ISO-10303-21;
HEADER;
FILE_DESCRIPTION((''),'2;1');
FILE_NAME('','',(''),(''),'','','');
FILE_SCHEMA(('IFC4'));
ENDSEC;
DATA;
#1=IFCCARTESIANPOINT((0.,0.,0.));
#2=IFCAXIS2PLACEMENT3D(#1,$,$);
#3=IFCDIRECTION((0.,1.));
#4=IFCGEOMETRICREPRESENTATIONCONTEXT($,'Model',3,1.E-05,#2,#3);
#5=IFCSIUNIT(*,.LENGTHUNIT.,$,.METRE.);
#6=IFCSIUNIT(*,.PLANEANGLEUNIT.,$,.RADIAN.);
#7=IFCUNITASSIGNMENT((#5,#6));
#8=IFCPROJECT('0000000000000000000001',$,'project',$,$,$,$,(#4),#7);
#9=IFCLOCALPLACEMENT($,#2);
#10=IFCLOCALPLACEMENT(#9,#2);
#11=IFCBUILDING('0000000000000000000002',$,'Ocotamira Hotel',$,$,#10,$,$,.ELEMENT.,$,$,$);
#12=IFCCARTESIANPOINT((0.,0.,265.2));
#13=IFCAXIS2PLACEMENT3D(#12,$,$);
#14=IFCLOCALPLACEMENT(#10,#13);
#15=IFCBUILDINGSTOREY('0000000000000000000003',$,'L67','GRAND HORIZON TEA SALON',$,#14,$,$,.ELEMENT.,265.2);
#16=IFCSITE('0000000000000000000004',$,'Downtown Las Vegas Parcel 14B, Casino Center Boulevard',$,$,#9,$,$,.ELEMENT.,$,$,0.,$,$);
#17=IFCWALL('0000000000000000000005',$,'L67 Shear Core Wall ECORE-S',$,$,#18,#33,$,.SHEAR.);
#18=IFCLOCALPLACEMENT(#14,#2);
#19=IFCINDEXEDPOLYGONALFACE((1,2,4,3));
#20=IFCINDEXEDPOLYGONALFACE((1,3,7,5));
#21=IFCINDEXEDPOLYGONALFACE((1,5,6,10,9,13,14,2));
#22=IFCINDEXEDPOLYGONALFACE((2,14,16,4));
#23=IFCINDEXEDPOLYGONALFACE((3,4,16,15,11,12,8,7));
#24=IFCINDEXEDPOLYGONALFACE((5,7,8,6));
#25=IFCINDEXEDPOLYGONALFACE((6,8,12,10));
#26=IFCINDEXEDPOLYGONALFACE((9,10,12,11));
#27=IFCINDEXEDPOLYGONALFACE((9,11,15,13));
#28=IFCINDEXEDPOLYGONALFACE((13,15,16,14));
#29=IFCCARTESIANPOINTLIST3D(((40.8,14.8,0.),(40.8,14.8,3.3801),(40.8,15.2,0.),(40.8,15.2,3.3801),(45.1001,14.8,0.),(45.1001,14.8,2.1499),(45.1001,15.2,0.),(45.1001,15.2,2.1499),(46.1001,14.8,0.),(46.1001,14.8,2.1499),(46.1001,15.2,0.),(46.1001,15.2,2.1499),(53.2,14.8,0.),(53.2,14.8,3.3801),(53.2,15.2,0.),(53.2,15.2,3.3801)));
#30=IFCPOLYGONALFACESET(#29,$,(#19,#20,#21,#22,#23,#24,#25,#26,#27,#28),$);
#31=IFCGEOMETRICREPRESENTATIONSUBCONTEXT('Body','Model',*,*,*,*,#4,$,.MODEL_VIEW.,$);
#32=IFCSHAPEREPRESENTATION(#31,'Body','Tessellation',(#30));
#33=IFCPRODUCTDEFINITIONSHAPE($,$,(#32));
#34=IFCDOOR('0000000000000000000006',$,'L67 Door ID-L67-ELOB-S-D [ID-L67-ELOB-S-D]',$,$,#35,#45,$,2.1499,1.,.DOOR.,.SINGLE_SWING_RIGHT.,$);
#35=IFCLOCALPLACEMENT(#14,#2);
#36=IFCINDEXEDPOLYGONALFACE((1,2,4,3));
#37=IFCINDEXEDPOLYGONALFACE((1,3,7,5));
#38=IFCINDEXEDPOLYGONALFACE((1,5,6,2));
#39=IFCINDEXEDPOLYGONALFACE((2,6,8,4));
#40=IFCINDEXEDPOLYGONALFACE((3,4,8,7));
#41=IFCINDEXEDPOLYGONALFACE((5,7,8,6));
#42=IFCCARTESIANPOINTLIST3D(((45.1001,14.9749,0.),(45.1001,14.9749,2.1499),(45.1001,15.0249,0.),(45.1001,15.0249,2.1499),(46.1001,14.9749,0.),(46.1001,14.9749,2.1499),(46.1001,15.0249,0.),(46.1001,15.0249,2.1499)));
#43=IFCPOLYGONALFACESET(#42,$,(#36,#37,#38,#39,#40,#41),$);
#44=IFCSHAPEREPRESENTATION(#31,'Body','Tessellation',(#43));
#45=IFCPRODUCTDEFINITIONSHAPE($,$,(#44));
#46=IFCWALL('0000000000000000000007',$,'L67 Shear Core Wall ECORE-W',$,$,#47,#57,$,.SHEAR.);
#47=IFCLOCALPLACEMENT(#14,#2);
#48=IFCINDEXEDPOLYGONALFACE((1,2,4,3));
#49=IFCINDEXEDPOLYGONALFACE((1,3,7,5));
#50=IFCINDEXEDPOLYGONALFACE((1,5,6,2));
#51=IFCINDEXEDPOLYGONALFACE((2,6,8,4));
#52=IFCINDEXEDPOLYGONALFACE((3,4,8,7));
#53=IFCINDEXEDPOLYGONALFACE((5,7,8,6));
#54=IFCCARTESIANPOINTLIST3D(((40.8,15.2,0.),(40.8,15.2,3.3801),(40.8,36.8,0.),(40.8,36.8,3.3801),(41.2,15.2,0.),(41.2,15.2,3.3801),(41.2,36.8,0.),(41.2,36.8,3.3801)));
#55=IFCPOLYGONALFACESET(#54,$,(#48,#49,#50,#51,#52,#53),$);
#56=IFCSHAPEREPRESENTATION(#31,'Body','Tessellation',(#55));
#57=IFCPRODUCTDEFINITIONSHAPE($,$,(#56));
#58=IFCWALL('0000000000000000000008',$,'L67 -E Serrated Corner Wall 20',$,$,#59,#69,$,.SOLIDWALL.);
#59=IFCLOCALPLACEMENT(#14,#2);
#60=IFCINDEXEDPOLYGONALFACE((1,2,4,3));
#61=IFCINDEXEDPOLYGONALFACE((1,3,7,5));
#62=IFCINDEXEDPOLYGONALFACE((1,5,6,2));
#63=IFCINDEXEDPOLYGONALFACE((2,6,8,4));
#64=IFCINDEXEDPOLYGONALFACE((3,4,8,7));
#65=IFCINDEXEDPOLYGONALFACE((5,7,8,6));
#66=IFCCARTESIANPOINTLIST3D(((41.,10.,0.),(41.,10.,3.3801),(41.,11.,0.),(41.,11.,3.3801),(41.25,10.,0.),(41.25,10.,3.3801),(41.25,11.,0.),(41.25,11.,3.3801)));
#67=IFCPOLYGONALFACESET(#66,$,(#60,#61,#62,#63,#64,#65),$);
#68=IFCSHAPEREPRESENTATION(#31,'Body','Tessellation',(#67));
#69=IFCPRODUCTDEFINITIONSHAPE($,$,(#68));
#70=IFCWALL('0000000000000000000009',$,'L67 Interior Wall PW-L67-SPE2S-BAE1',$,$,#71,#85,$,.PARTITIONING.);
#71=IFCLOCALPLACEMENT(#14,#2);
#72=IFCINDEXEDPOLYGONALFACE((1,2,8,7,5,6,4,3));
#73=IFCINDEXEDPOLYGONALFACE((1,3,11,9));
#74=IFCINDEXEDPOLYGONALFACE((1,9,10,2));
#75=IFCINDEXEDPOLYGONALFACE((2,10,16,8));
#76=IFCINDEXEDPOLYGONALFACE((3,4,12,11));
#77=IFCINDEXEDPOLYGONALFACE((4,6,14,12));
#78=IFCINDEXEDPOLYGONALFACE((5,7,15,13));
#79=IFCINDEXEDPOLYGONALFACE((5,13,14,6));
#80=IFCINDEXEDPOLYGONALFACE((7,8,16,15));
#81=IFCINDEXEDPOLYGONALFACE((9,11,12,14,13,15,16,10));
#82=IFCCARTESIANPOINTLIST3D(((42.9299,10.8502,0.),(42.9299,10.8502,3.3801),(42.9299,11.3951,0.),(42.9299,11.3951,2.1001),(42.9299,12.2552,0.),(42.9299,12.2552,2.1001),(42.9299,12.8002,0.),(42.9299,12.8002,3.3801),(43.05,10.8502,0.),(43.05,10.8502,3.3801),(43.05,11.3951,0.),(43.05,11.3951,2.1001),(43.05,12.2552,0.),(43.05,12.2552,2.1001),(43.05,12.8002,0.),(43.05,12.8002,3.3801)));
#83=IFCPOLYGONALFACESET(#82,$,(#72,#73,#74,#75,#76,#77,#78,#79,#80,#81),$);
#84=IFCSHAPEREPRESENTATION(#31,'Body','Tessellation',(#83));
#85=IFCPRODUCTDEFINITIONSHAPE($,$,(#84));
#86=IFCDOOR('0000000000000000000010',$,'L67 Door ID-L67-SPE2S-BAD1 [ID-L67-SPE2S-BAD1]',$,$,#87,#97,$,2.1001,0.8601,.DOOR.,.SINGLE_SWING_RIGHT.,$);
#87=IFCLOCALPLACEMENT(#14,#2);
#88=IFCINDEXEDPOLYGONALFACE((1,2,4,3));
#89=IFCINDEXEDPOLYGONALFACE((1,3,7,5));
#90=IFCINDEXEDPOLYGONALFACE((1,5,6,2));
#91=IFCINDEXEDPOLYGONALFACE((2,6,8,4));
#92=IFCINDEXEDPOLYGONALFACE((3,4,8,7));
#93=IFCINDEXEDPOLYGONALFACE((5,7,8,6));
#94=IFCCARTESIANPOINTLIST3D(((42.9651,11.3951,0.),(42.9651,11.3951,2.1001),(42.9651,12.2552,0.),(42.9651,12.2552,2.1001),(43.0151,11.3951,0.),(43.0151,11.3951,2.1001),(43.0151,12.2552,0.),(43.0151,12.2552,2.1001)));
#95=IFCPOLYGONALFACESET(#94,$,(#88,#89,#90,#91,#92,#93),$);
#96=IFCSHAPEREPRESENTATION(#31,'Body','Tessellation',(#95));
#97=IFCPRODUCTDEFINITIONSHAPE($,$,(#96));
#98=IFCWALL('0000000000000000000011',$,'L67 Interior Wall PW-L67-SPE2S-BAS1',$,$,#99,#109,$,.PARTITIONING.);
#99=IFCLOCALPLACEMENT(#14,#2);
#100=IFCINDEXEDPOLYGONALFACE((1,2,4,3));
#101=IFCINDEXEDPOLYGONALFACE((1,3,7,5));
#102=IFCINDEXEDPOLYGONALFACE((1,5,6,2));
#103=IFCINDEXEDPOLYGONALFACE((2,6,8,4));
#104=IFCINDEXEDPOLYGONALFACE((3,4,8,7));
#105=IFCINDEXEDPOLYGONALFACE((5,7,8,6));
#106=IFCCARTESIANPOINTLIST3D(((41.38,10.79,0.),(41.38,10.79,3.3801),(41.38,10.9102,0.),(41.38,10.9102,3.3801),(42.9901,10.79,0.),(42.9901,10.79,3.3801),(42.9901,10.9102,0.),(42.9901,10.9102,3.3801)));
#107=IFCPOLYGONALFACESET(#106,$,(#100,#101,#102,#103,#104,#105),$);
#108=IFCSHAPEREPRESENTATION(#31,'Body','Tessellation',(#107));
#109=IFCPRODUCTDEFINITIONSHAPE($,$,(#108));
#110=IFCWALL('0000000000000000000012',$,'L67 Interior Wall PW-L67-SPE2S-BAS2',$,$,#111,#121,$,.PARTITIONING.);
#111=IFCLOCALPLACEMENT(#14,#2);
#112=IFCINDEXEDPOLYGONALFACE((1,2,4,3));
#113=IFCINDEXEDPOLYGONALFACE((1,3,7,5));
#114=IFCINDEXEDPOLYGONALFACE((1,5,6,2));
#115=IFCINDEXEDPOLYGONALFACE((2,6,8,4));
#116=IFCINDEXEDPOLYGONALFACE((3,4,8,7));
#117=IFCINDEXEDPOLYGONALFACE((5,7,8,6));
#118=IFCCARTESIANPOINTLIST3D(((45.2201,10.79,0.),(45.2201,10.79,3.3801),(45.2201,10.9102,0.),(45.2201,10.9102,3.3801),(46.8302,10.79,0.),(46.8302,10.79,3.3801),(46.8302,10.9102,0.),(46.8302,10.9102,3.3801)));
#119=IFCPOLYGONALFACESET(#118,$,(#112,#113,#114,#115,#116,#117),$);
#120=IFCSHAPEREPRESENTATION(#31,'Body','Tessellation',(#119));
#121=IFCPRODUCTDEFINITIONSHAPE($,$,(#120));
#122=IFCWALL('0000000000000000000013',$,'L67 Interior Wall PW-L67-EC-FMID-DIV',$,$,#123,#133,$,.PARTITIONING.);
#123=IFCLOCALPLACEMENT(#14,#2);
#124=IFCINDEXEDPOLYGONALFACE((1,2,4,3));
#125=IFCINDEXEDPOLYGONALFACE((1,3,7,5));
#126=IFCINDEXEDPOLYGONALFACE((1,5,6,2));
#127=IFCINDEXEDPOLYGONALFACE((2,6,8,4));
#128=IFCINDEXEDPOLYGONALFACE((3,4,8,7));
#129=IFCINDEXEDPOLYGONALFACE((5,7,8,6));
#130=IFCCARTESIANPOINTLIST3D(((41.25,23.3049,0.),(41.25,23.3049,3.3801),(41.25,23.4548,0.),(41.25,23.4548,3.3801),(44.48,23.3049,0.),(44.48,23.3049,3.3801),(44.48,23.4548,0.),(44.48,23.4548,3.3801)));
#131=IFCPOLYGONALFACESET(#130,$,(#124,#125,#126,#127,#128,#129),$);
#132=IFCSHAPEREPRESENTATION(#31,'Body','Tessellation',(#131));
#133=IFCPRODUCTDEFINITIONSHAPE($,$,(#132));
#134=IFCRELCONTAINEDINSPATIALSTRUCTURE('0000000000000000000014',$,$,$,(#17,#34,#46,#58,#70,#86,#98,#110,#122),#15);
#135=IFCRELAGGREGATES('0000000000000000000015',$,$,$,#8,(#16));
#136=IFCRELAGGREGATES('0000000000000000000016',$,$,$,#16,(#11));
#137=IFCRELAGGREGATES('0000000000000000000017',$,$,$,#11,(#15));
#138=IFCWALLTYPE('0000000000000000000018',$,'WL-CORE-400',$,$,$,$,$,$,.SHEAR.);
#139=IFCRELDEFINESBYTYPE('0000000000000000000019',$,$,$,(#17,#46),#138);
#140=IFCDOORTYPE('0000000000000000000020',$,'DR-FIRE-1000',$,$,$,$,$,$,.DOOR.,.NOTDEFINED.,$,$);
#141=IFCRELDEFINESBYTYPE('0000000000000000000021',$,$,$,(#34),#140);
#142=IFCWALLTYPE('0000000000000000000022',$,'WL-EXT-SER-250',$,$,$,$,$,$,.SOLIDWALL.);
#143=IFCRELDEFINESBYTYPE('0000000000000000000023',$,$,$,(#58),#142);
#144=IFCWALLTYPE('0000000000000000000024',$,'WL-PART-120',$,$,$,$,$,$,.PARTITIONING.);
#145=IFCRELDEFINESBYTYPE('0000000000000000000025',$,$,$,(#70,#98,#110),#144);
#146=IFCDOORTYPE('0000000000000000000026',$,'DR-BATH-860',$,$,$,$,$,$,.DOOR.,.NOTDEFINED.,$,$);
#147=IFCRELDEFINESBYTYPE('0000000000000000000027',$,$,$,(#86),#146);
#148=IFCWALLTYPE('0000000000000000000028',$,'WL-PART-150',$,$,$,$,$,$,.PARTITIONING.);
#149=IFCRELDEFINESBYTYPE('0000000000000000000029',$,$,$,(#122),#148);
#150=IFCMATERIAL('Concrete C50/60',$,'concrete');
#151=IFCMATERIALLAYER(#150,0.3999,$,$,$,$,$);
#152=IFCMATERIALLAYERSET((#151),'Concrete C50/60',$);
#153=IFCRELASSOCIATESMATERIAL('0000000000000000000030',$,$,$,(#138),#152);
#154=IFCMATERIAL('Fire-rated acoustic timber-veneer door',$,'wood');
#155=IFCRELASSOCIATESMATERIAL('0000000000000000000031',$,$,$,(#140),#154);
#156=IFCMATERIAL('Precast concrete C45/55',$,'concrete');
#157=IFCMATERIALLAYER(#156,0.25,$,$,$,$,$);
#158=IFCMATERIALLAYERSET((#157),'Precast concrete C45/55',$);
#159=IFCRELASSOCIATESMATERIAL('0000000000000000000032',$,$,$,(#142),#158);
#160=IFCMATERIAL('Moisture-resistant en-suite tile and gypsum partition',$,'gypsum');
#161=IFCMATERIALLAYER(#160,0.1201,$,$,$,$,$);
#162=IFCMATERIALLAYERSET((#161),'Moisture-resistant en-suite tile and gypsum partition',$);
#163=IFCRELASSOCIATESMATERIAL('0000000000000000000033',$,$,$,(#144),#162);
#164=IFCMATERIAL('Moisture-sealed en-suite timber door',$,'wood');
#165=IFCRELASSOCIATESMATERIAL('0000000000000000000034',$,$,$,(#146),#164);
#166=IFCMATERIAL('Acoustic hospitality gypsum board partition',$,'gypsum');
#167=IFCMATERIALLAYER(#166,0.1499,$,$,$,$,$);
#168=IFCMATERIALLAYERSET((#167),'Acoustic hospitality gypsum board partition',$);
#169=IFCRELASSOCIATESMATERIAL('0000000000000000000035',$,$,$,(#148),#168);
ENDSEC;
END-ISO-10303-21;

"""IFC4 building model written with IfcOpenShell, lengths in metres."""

from ifc_helpers import new_model, si_unit, direction, frame, frame_2d, origin, place, context, subcontext, project, spatial, rectangle, extrude, source, transform, mapped, material, layer, layer_set, type_object, element, fill, save


model = new_model("IFC4")

# Units and contexts
model_context = context("Model", 3, precision=1e-05, world=origin(), true_north=direction((0.0, 1.0)))
body_context = subcontext(model_context, "Body", "Model", "MODEL_VIEW")
ifc_project = project(units=[si_unit("LENGTHUNIT", "METRE"), si_unit("PLANEANGLEUNIT", "RADIAN")], contexts=[model_context])

# Site, building, storey
site_placement = place(None, origin())
site = spatial("IfcSite", under=ifc_project, at=site_placement, Name="Downtown Las Vegas Parcel 14B, Casino Center Boulevard", CompositionType="ELEMENT", RefElevation=0.0)
building_placement = place(site_placement, origin())
building = spatial("IfcBuilding", under=site, at=building_placement, Name="Ocotamira Hotel", CompositionType="ELEMENT")
storey_placement = place(building_placement, frame((0.0, 0.0, 265.2)))
storey = spatial("IfcBuildingStorey", under=building, at=storey_placement, Name="L67", Description="GRAND HORIZON TEA SALON", CompositionType="ELEMENT", Elevation=265.2)

# Wall, opening, door
ifc_material_1 = material(Name="Concrete C50/60", Category="concrete")
ifc_layer_1 = layer(ifc_material_1, 0.3999)
ifc_layer_set_1 = layer_set([ifc_layer_1], Name="Concrete C50/60")
wall_type_1 = type_object("IfcWallType", Name="WL-CORE-400", PredefinedType="SHEAR", material=ifc_layer_set_1)
wall_1_placement = place(storey_placement, frame((40.8, 15.0, 0.0), z_axis=(0.0, 0.0, 1.0), x_axis=(1.0, 0.0, 0.0)))
wall_1 = element("IfcWall", 1, at=wall_1_placement, inside=storey, type_object=wall_type_1, Name="L67 Shear Core Wall ECORE-S", PredefinedType="SHEAR", context=body_context, shape_type="SweptSolid", body=[
    extrude(rectangle(XDim=12.3999, YDim=0.3999, at=frame_2d((6.2, 0.0))), origin(), (0.0, 0.0, 1.0), 3.3801),
])
opening_1_placement = place(wall_1_placement, frame((4.3, 0.0, 0.0)))
opening_1 = element("IfcOpeningElement", 2, at=opening_1_placement, cuts=wall_1, PredefinedType="OPENING", context=body_context, shape_type="SweptSolid", body=[
    extrude(rectangle(XDim=1.0, YDim=2.1499, at=frame_2d((0.5, 1.075))), frame((0.0, 0.21, 0.0), z_axis=(0.0, -1.0, 0.0), x_axis=(1.0, 0.0, 0.0)), (0.0, 0.0, 1.0), 0.4199),
])
ifc_material_2 = material(Name="Fire-rated acoustic timber-veneer door", Category="wood")
door_type_1 = type_object("IfcDoorType", Name="DR-FIRE-1000", OperationType="NOTDEFINED", PredefinedType="DOOR", material=ifc_material_2)
shared_shape_1 = source(origin(), body_context, "Body", "SweptSolid", [
    extrude(rectangle(XDim=1.0, YDim=2.1499, at=frame_2d((0.5, 1.075))), frame((0.0, 0.0249, 0.0), z_axis=(0.0, -1.0, 0.0), x_axis=(1.0, 0.0, 0.0)), (0.0, 0.0, 1.0), 0.05),
])
door_1_placement = place(opening_1_placement, origin())
door_1 = element("IfcDoor", 3, at=door_1_placement, inside=storey, type_object=door_type_1, Name="L67 Door ID-L67-ELOB-S-D [ID-L67-ELOB-S-D]", OperationType="SINGLE_SWING_RIGHT", OverallHeight=2.1499, OverallWidth=1.0, PredefinedType="DOOR", context=body_context, shape_type="MappedRepresentation", body=[
    mapped(shared_shape_1, transform((0.0, 0.0, 0.0), scale=1.0)),
])
fill(opening_1, door_1)

# Walls
wall_2_placement = place(storey_placement, frame((41.0, 15.2, 0.0), z_axis=(0.0, 0.0, 1.0), x_axis=(0.0, 1.0, 0.0)))
element("IfcWall", 4, at=wall_2_placement, inside=storey, type_object=wall_type_1, Name="L67 Shear Core Wall ECORE-W", PredefinedType="SHEAR", context=body_context, shape_type="SweptSolid", body=[
    extrude(rectangle(XDim=21.6001, YDim=0.3999, at=frame_2d((10.8, 0.0))), origin(), (0.0, 0.0, 1.0), 3.3801),
])
ifc_material_3 = material(Name="Precast concrete C45/55", Category="concrete")
ifc_layer_2 = layer(ifc_material_3, 0.25)
ifc_layer_set_2 = layer_set([ifc_layer_2], Name="Precast concrete C45/55")
wall_type_2 = type_object("IfcWallType", Name="WL-EXT-SER-250", PredefinedType="SOLIDWALL", material=ifc_layer_set_2)
wall_3_placement = place(storey_placement, frame((41.125, 11.0, 0.0), z_axis=(0.0, 0.0, 1.0), x_axis=(0.0, -1.0, 0.0)))
element("IfcWall", 5, at=wall_3_placement, inside=storey, type_object=wall_type_2, Name="L67 -E Serrated Corner Wall 20", PredefinedType="SOLIDWALL", context=body_context, shape_type="SweptSolid", body=[
    extrude(rectangle(XDim=1.0, YDim=0.25, at=frame_2d((0.5, 0.0))), origin(), (0.0, 0.0, 1.0), 3.3801),
])

# Wall, opening, door
ifc_material_4 = material(Name="Moisture-resistant en-suite tile and gypsum partition", Category="gypsum")
ifc_layer_3 = layer(ifc_material_4, 0.1201)
ifc_layer_set_3 = layer_set([ifc_layer_3], Name="Moisture-resistant en-suite tile and gypsum partition")
wall_type_3 = type_object("IfcWallType", Name="WL-PART-120", PredefinedType="PARTITIONING", material=ifc_layer_set_3)
wall_4_placement = place(storey_placement, frame((42.99, 10.8501, 0.0), z_axis=(0.0, 0.0, 1.0), x_axis=(0.0, 1.0, 0.0)))
wall_4 = element("IfcWall", 6, at=wall_4_placement, inside=storey, type_object=wall_type_3, Name="L67 Interior Wall PW-L67-SPE2S-BAE1", PredefinedType="PARTITIONING", context=body_context, shape_type="SweptSolid", body=[
    extrude(rectangle(XDim=1.95, YDim=0.1201, at=frame_2d((0.9751, 0.0))), origin(), (0.0, 0.0, 1.0), 3.3801),
])
opening_2_placement = place(wall_4_placement, frame((0.5449, 0.0, 0.0)))
opening_2 = element("IfcOpeningElement", 7, at=opening_2_placement, cuts=wall_4, PredefinedType="OPENING", context=body_context, shape_type="SweptSolid", body=[
    extrude(rectangle(XDim=0.8601, YDim=2.1001, at=frame_2d((0.4302, 1.05))), frame((0.0, 0.0701, 0.0), z_axis=(0.0, -1.0, 0.0), x_axis=(1.0, 0.0, 0.0)), (0.0, 0.0, 1.0), 0.1401),
])
ifc_material_5 = material(Name="Moisture-sealed en-suite timber door", Category="wood")
door_type_2 = type_object("IfcDoorType", Name="DR-BATH-860", OperationType="NOTDEFINED", PredefinedType="DOOR", material=ifc_material_5)
shared_shape_2 = source(origin(), body_context, "Body", "SweptSolid", [
    extrude(rectangle(XDim=0.8601, YDim=2.1001, at=frame_2d((0.4302, 1.05))), frame((0.0, 0.0249, 0.0), z_axis=(0.0, -1.0, 0.0), x_axis=(1.0, 0.0, 0.0)), (0.0, 0.0, 1.0), 0.05),
])
door_2_placement = place(opening_2_placement, origin())
door_2 = element("IfcDoor", 8, at=door_2_placement, inside=storey, type_object=door_type_2, Name="L67 Door ID-L67-SPE2S-BAD1 [ID-L67-SPE2S-BAD1]", OperationType="SINGLE_SWING_RIGHT", OverallHeight=2.1001, OverallWidth=0.8601, PredefinedType="DOOR", context=body_context, shape_type="MappedRepresentation", body=[
    mapped(shared_shape_2, transform((0.0, 0.0, 0.0), scale=1.0)),
])
fill(opening_2, door_2)

# Walls
for number, where, z_axis, x_axis, name in (
    (9, (41.3799, 10.8501, 0.0), (0.0, 0.0, 1.0), (1.0, 0.0, 0.0), "L67 Interior Wall PW-L67-SPE2S-BAS1"),
    (10, (45.22, 10.8501, 0.0), (0.0, 0.0, 1.0), (1.0, 0.0, 0.0), "L67 Interior Wall PW-L67-SPE2S-BAS2"),
):
    element("IfcWall", number, at=place(storey_placement, frame(where, z_axis=z_axis, x_axis=x_axis)), inside=storey, type_object=wall_type_3, Name=name, PredefinedType="PARTITIONING", context=body_context, shape_type="SweptSolid", body=[
        extrude(rectangle(XDim=1.6101, YDim=0.1201, at=frame_2d((0.8052, 0.0))), origin(), (0.0, 0.0, 1.0), 3.3801),
    ])
ifc_material_6 = material(Name="Acoustic hospitality gypsum board partition", Category="gypsum")
ifc_layer_4 = layer(ifc_material_6, 0.1499)
ifc_layer_set_4 = layer_set([ifc_layer_4], Name="Acoustic hospitality gypsum board partition")
wall_type_4 = type_object("IfcWallType", Name="WL-PART-150", PredefinedType="PARTITIONING", material=ifc_layer_set_4)
wall_5_placement = place(storey_placement, frame((41.25, 23.3799, 0.0), z_axis=(0.0, 0.0, 1.0), x_axis=(1.0, 0.0, 0.0)))
element("IfcWall", 11, at=wall_5_placement, inside=storey, type_object=wall_type_4, Name="L67 Interior Wall PW-L67-EC-FMID-DIV", PredefinedType="PARTITIONING", context=body_context, shape_type="SweptSolid", body=[
    extrude(rectangle(XDim=3.23, YDim=0.1499, at=frame_2d((1.615, 0.0))), origin(), (0.0, 0.0, 1.0), 3.3801),
])

save(model, "model.ifc")
